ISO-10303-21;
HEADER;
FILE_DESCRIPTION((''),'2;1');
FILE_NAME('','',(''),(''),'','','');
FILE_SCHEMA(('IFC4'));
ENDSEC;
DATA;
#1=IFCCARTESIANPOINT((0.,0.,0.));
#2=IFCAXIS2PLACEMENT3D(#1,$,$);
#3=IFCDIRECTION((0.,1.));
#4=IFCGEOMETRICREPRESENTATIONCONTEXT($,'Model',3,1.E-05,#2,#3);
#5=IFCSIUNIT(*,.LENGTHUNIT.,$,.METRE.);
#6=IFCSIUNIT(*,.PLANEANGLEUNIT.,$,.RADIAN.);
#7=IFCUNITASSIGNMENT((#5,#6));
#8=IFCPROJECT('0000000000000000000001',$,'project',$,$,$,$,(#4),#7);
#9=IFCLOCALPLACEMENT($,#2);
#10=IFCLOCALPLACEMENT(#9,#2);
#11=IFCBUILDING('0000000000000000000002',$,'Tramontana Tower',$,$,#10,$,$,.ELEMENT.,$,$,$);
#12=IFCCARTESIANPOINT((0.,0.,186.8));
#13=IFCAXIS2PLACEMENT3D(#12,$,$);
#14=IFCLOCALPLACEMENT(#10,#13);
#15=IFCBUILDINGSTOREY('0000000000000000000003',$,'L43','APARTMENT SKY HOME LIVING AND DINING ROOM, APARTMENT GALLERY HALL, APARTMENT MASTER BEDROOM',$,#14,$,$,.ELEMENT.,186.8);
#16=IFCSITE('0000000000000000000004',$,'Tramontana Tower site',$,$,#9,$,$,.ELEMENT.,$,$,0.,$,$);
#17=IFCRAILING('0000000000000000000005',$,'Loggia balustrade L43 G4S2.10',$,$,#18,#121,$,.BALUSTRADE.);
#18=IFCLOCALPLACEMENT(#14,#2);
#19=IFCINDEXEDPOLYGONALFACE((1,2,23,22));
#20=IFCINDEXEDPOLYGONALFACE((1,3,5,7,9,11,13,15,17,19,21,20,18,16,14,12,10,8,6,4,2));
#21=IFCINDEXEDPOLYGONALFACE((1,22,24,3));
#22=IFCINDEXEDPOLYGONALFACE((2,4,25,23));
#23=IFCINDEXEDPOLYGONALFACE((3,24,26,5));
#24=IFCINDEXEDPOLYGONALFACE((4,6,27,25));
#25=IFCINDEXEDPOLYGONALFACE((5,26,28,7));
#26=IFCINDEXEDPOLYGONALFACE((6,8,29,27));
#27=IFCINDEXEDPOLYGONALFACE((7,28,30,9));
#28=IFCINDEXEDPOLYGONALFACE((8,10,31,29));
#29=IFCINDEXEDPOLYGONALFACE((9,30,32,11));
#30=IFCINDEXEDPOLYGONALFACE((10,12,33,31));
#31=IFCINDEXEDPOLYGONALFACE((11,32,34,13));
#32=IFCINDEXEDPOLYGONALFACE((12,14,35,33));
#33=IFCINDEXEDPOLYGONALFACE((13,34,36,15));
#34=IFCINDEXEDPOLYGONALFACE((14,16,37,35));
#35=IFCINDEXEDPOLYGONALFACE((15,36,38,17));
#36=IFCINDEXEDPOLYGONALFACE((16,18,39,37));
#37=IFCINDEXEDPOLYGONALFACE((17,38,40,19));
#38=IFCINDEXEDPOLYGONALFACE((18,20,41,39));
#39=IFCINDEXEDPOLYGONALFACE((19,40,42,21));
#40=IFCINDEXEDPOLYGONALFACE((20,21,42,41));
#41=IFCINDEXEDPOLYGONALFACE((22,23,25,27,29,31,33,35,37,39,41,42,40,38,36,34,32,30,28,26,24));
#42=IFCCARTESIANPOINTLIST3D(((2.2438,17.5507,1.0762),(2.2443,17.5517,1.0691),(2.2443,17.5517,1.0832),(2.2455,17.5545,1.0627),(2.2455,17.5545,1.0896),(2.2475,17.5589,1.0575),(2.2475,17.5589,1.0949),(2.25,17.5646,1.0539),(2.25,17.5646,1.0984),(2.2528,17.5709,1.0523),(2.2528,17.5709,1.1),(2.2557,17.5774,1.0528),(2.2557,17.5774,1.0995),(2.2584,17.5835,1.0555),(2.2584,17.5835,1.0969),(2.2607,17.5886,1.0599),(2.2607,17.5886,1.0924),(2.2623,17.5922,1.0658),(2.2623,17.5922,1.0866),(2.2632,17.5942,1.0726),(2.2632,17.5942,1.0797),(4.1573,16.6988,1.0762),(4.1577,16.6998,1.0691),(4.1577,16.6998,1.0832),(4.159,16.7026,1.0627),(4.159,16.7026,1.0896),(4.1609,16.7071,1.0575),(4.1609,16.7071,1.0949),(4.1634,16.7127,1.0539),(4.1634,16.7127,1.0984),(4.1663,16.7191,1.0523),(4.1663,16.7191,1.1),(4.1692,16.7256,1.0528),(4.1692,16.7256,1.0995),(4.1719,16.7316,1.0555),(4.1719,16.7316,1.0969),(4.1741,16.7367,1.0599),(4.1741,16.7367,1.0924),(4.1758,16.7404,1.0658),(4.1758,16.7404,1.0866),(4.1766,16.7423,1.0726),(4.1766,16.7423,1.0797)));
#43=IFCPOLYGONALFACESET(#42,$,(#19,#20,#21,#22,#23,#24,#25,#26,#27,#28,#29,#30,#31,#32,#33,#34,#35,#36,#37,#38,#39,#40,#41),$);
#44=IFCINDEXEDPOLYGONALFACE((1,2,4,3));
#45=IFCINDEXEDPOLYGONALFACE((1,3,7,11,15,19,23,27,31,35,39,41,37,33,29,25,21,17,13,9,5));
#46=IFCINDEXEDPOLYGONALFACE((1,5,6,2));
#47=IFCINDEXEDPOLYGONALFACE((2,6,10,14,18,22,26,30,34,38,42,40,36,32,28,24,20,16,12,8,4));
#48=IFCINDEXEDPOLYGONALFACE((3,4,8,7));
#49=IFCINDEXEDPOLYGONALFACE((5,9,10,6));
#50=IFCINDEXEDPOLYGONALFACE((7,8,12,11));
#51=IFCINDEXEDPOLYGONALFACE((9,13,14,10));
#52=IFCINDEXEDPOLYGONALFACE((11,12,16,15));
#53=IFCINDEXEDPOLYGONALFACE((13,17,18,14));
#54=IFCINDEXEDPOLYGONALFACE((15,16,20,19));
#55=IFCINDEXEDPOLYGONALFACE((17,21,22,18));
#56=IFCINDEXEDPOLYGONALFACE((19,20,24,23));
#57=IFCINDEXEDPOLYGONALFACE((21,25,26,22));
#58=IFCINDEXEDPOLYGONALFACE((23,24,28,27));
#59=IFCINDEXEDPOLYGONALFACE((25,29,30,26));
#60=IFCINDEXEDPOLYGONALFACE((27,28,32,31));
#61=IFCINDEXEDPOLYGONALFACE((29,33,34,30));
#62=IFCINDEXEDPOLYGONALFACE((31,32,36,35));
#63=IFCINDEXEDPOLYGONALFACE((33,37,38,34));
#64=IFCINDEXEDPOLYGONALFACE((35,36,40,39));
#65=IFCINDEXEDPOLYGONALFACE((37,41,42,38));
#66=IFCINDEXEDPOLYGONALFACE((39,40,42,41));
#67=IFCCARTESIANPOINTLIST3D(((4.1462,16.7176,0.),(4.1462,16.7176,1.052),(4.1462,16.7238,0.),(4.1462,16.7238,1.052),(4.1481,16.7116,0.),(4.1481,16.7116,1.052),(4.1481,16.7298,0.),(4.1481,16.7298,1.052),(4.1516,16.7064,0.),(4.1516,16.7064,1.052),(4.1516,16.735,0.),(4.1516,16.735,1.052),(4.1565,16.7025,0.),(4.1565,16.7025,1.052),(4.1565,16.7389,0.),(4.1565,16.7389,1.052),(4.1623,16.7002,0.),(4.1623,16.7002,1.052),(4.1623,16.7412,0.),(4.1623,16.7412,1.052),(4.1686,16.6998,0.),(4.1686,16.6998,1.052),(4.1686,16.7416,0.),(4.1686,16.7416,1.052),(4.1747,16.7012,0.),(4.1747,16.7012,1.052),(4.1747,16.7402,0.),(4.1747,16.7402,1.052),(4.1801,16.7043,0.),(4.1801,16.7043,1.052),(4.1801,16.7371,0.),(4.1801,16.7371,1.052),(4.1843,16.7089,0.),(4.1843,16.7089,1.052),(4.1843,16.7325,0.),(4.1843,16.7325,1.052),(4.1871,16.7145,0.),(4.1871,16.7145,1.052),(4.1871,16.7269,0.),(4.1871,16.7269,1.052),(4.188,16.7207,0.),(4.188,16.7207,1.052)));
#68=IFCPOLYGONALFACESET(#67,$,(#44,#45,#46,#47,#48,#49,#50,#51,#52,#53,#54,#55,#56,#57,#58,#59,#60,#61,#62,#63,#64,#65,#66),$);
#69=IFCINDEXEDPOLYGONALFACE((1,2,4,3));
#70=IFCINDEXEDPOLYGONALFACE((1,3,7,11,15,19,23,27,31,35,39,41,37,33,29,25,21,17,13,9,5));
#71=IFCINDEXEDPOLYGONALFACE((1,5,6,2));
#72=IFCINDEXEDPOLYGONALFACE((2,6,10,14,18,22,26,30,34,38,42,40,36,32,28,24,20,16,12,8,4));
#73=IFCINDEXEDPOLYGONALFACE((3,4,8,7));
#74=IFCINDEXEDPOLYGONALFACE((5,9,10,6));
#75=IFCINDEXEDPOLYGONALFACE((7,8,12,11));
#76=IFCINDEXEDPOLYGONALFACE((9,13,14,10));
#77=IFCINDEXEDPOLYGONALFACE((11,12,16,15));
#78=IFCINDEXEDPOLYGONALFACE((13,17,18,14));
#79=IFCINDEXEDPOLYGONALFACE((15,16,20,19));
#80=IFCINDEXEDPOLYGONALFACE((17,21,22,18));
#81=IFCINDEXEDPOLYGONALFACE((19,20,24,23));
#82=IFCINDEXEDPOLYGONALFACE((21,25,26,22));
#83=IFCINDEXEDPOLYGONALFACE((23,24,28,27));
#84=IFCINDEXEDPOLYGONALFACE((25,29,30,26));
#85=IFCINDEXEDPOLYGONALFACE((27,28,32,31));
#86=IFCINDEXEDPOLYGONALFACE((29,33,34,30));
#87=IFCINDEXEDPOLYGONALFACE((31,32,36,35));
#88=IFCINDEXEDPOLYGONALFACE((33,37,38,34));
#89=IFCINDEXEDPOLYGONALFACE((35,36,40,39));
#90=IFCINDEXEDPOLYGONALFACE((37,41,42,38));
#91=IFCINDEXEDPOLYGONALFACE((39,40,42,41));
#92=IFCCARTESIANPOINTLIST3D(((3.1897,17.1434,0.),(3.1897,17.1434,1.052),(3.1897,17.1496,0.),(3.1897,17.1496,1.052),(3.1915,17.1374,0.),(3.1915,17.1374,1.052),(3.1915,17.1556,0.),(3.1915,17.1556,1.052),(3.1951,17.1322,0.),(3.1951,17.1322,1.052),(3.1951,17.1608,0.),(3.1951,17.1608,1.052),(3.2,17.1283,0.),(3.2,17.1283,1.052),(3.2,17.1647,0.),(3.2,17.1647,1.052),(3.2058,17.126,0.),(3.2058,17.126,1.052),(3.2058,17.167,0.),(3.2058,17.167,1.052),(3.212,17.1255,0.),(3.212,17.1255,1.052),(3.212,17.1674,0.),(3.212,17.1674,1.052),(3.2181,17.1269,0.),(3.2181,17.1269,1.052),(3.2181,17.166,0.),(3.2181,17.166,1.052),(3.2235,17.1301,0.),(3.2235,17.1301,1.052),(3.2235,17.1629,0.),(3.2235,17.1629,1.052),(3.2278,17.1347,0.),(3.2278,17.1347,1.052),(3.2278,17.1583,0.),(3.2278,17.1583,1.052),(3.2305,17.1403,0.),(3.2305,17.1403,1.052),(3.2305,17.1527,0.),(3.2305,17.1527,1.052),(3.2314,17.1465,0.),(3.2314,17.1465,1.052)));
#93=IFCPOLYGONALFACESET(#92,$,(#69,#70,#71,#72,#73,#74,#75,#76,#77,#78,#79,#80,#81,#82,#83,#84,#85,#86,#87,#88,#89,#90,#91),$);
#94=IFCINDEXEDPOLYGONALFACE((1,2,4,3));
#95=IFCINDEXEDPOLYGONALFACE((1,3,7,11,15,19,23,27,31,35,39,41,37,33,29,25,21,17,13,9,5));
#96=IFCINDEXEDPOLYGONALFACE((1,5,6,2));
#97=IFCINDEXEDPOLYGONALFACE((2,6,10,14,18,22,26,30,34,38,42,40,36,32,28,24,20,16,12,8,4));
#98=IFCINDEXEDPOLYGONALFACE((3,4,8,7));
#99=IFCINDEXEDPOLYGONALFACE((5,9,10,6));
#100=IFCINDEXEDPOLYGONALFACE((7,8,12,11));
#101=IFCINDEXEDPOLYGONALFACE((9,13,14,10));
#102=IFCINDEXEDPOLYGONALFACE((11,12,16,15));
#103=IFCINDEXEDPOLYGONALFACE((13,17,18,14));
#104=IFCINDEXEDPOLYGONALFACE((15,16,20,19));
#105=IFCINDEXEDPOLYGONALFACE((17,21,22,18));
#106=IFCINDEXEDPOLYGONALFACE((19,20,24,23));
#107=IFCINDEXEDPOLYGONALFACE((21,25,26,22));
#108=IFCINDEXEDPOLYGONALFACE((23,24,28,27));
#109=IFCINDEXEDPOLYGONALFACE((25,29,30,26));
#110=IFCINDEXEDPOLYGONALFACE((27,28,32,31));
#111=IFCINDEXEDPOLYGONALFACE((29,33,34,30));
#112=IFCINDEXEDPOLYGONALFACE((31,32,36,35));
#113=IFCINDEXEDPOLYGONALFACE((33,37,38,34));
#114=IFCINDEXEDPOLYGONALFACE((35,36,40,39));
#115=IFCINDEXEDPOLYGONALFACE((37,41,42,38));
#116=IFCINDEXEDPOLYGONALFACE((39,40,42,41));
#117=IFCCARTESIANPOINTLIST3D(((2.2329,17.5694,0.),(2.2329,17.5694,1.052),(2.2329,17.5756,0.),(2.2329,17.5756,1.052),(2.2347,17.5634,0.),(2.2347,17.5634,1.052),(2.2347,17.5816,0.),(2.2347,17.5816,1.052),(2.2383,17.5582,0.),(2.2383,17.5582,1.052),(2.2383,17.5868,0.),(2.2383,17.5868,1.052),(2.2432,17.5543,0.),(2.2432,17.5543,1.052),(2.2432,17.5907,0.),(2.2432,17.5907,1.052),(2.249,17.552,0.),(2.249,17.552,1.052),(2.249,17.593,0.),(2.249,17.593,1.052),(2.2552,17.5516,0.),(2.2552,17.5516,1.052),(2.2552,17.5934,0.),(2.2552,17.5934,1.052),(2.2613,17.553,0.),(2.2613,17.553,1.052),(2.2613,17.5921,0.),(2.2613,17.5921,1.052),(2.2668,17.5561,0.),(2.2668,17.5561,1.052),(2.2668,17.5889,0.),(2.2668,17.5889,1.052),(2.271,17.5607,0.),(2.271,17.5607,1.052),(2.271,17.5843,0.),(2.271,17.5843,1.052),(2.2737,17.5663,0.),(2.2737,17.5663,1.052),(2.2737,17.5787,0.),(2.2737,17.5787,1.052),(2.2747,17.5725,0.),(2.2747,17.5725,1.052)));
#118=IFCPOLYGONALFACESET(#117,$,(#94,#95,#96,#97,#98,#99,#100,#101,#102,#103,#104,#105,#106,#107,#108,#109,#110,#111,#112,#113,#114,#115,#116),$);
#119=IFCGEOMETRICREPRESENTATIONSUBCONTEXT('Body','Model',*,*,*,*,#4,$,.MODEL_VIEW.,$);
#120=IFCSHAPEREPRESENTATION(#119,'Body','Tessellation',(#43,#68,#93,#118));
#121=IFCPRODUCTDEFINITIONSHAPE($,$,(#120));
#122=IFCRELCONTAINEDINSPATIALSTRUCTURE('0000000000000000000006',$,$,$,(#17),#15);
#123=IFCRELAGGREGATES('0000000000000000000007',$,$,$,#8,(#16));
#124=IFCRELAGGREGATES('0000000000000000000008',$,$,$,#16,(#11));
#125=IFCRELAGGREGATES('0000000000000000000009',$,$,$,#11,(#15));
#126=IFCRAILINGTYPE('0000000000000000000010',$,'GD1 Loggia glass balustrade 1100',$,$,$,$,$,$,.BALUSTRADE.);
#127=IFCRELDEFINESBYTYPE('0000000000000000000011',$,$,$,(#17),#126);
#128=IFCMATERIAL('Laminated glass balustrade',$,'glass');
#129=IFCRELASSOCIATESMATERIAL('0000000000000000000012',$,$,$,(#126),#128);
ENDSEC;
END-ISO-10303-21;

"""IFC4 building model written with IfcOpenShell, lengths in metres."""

from ifc_helpers import new_model, si_unit, direction, frame, origin, origin_2d, place, context, subcontext, project, spatial, circle, extrude, material, type_object, element, save


model = new_model("IFC4")

# Units and contexts
model_context = context("Model", 3, precision=1e-05, world=origin(), true_north=direction((0.0, 1.0)))
body_context = subcontext(model_context, "Body", "Model", "MODEL_VIEW")
ifc_project = project(units=[si_unit("LENGTHUNIT", "METRE"), si_unit("PLANEANGLEUNIT", "RADIAN")], contexts=[model_context])

# Site, building, storey
site_placement = place(None, origin())
site = spatial("IfcSite", under=ifc_project, at=site_placement, Name="Tramontana Tower site", CompositionType="ELEMENT", RefElevation=0.0)
building_placement = place(site_placement, origin())
building = spatial("IfcBuilding", under=site, at=building_placement, Name="Tramontana Tower", CompositionType="ELEMENT")
storey_placement = place(building_placement, frame((0.0, 0.0, 186.8)))
storey = spatial("IfcBuildingStorey", under=building, at=storey_placement, Name="L43", Description="APARTMENT SKY HOME LIVING AND DINING ROOM, APARTMENT GALLERY HALL, APARTMENT MASTER BEDROOM", CompositionType="ELEMENT", Elevation=186.8)

# Railing
ifc_material_1 = material(Name="Laminated glass balustrade", Category="glass")
railing_type = type_object("IfcRailingType", Name="GD1 Loggia glass balustrade 1100", PredefinedType="BALUSTRADE", material=ifc_material_1)
railing_placement = place(storey_placement, frame((4.167, 16.7207, 0.0)))
element("IfcRailing", 1, at=railing_placement, inside=storey, type_object=railing_type, Name="Loggia balustrade L43 G4S2.10", PredefinedType="BALUSTRADE", context=body_context, shape_type="SweptSolid", body=[
    extrude(circle(Radius=0.0239, at=origin_2d()), frame((0.0, 0.0, 1.0762), z_axis=(-0.913557, 0.406712, 0.0), x_axis=(-0.406712, -0.913557, 0.0)), (0.0, 0.0, 1.0), 2.0945),
    extrude(circle(Radius=0.021, at=origin_2d()), origin(), (0.0, 0.0, 1.0), 1.052),
    extrude(circle(Radius=0.021, at=origin_2d()), frame((-0.9565, 0.4258, 0.0)), (0.0, 0.0, 1.0), 1.052),
    extrude(circle(Radius=0.021, at=origin_2d()), frame((-1.9133, 0.8518, 0.0)), (0.0, 0.0, 1.0), 1.052),
])

save(model, "model.ifc")
